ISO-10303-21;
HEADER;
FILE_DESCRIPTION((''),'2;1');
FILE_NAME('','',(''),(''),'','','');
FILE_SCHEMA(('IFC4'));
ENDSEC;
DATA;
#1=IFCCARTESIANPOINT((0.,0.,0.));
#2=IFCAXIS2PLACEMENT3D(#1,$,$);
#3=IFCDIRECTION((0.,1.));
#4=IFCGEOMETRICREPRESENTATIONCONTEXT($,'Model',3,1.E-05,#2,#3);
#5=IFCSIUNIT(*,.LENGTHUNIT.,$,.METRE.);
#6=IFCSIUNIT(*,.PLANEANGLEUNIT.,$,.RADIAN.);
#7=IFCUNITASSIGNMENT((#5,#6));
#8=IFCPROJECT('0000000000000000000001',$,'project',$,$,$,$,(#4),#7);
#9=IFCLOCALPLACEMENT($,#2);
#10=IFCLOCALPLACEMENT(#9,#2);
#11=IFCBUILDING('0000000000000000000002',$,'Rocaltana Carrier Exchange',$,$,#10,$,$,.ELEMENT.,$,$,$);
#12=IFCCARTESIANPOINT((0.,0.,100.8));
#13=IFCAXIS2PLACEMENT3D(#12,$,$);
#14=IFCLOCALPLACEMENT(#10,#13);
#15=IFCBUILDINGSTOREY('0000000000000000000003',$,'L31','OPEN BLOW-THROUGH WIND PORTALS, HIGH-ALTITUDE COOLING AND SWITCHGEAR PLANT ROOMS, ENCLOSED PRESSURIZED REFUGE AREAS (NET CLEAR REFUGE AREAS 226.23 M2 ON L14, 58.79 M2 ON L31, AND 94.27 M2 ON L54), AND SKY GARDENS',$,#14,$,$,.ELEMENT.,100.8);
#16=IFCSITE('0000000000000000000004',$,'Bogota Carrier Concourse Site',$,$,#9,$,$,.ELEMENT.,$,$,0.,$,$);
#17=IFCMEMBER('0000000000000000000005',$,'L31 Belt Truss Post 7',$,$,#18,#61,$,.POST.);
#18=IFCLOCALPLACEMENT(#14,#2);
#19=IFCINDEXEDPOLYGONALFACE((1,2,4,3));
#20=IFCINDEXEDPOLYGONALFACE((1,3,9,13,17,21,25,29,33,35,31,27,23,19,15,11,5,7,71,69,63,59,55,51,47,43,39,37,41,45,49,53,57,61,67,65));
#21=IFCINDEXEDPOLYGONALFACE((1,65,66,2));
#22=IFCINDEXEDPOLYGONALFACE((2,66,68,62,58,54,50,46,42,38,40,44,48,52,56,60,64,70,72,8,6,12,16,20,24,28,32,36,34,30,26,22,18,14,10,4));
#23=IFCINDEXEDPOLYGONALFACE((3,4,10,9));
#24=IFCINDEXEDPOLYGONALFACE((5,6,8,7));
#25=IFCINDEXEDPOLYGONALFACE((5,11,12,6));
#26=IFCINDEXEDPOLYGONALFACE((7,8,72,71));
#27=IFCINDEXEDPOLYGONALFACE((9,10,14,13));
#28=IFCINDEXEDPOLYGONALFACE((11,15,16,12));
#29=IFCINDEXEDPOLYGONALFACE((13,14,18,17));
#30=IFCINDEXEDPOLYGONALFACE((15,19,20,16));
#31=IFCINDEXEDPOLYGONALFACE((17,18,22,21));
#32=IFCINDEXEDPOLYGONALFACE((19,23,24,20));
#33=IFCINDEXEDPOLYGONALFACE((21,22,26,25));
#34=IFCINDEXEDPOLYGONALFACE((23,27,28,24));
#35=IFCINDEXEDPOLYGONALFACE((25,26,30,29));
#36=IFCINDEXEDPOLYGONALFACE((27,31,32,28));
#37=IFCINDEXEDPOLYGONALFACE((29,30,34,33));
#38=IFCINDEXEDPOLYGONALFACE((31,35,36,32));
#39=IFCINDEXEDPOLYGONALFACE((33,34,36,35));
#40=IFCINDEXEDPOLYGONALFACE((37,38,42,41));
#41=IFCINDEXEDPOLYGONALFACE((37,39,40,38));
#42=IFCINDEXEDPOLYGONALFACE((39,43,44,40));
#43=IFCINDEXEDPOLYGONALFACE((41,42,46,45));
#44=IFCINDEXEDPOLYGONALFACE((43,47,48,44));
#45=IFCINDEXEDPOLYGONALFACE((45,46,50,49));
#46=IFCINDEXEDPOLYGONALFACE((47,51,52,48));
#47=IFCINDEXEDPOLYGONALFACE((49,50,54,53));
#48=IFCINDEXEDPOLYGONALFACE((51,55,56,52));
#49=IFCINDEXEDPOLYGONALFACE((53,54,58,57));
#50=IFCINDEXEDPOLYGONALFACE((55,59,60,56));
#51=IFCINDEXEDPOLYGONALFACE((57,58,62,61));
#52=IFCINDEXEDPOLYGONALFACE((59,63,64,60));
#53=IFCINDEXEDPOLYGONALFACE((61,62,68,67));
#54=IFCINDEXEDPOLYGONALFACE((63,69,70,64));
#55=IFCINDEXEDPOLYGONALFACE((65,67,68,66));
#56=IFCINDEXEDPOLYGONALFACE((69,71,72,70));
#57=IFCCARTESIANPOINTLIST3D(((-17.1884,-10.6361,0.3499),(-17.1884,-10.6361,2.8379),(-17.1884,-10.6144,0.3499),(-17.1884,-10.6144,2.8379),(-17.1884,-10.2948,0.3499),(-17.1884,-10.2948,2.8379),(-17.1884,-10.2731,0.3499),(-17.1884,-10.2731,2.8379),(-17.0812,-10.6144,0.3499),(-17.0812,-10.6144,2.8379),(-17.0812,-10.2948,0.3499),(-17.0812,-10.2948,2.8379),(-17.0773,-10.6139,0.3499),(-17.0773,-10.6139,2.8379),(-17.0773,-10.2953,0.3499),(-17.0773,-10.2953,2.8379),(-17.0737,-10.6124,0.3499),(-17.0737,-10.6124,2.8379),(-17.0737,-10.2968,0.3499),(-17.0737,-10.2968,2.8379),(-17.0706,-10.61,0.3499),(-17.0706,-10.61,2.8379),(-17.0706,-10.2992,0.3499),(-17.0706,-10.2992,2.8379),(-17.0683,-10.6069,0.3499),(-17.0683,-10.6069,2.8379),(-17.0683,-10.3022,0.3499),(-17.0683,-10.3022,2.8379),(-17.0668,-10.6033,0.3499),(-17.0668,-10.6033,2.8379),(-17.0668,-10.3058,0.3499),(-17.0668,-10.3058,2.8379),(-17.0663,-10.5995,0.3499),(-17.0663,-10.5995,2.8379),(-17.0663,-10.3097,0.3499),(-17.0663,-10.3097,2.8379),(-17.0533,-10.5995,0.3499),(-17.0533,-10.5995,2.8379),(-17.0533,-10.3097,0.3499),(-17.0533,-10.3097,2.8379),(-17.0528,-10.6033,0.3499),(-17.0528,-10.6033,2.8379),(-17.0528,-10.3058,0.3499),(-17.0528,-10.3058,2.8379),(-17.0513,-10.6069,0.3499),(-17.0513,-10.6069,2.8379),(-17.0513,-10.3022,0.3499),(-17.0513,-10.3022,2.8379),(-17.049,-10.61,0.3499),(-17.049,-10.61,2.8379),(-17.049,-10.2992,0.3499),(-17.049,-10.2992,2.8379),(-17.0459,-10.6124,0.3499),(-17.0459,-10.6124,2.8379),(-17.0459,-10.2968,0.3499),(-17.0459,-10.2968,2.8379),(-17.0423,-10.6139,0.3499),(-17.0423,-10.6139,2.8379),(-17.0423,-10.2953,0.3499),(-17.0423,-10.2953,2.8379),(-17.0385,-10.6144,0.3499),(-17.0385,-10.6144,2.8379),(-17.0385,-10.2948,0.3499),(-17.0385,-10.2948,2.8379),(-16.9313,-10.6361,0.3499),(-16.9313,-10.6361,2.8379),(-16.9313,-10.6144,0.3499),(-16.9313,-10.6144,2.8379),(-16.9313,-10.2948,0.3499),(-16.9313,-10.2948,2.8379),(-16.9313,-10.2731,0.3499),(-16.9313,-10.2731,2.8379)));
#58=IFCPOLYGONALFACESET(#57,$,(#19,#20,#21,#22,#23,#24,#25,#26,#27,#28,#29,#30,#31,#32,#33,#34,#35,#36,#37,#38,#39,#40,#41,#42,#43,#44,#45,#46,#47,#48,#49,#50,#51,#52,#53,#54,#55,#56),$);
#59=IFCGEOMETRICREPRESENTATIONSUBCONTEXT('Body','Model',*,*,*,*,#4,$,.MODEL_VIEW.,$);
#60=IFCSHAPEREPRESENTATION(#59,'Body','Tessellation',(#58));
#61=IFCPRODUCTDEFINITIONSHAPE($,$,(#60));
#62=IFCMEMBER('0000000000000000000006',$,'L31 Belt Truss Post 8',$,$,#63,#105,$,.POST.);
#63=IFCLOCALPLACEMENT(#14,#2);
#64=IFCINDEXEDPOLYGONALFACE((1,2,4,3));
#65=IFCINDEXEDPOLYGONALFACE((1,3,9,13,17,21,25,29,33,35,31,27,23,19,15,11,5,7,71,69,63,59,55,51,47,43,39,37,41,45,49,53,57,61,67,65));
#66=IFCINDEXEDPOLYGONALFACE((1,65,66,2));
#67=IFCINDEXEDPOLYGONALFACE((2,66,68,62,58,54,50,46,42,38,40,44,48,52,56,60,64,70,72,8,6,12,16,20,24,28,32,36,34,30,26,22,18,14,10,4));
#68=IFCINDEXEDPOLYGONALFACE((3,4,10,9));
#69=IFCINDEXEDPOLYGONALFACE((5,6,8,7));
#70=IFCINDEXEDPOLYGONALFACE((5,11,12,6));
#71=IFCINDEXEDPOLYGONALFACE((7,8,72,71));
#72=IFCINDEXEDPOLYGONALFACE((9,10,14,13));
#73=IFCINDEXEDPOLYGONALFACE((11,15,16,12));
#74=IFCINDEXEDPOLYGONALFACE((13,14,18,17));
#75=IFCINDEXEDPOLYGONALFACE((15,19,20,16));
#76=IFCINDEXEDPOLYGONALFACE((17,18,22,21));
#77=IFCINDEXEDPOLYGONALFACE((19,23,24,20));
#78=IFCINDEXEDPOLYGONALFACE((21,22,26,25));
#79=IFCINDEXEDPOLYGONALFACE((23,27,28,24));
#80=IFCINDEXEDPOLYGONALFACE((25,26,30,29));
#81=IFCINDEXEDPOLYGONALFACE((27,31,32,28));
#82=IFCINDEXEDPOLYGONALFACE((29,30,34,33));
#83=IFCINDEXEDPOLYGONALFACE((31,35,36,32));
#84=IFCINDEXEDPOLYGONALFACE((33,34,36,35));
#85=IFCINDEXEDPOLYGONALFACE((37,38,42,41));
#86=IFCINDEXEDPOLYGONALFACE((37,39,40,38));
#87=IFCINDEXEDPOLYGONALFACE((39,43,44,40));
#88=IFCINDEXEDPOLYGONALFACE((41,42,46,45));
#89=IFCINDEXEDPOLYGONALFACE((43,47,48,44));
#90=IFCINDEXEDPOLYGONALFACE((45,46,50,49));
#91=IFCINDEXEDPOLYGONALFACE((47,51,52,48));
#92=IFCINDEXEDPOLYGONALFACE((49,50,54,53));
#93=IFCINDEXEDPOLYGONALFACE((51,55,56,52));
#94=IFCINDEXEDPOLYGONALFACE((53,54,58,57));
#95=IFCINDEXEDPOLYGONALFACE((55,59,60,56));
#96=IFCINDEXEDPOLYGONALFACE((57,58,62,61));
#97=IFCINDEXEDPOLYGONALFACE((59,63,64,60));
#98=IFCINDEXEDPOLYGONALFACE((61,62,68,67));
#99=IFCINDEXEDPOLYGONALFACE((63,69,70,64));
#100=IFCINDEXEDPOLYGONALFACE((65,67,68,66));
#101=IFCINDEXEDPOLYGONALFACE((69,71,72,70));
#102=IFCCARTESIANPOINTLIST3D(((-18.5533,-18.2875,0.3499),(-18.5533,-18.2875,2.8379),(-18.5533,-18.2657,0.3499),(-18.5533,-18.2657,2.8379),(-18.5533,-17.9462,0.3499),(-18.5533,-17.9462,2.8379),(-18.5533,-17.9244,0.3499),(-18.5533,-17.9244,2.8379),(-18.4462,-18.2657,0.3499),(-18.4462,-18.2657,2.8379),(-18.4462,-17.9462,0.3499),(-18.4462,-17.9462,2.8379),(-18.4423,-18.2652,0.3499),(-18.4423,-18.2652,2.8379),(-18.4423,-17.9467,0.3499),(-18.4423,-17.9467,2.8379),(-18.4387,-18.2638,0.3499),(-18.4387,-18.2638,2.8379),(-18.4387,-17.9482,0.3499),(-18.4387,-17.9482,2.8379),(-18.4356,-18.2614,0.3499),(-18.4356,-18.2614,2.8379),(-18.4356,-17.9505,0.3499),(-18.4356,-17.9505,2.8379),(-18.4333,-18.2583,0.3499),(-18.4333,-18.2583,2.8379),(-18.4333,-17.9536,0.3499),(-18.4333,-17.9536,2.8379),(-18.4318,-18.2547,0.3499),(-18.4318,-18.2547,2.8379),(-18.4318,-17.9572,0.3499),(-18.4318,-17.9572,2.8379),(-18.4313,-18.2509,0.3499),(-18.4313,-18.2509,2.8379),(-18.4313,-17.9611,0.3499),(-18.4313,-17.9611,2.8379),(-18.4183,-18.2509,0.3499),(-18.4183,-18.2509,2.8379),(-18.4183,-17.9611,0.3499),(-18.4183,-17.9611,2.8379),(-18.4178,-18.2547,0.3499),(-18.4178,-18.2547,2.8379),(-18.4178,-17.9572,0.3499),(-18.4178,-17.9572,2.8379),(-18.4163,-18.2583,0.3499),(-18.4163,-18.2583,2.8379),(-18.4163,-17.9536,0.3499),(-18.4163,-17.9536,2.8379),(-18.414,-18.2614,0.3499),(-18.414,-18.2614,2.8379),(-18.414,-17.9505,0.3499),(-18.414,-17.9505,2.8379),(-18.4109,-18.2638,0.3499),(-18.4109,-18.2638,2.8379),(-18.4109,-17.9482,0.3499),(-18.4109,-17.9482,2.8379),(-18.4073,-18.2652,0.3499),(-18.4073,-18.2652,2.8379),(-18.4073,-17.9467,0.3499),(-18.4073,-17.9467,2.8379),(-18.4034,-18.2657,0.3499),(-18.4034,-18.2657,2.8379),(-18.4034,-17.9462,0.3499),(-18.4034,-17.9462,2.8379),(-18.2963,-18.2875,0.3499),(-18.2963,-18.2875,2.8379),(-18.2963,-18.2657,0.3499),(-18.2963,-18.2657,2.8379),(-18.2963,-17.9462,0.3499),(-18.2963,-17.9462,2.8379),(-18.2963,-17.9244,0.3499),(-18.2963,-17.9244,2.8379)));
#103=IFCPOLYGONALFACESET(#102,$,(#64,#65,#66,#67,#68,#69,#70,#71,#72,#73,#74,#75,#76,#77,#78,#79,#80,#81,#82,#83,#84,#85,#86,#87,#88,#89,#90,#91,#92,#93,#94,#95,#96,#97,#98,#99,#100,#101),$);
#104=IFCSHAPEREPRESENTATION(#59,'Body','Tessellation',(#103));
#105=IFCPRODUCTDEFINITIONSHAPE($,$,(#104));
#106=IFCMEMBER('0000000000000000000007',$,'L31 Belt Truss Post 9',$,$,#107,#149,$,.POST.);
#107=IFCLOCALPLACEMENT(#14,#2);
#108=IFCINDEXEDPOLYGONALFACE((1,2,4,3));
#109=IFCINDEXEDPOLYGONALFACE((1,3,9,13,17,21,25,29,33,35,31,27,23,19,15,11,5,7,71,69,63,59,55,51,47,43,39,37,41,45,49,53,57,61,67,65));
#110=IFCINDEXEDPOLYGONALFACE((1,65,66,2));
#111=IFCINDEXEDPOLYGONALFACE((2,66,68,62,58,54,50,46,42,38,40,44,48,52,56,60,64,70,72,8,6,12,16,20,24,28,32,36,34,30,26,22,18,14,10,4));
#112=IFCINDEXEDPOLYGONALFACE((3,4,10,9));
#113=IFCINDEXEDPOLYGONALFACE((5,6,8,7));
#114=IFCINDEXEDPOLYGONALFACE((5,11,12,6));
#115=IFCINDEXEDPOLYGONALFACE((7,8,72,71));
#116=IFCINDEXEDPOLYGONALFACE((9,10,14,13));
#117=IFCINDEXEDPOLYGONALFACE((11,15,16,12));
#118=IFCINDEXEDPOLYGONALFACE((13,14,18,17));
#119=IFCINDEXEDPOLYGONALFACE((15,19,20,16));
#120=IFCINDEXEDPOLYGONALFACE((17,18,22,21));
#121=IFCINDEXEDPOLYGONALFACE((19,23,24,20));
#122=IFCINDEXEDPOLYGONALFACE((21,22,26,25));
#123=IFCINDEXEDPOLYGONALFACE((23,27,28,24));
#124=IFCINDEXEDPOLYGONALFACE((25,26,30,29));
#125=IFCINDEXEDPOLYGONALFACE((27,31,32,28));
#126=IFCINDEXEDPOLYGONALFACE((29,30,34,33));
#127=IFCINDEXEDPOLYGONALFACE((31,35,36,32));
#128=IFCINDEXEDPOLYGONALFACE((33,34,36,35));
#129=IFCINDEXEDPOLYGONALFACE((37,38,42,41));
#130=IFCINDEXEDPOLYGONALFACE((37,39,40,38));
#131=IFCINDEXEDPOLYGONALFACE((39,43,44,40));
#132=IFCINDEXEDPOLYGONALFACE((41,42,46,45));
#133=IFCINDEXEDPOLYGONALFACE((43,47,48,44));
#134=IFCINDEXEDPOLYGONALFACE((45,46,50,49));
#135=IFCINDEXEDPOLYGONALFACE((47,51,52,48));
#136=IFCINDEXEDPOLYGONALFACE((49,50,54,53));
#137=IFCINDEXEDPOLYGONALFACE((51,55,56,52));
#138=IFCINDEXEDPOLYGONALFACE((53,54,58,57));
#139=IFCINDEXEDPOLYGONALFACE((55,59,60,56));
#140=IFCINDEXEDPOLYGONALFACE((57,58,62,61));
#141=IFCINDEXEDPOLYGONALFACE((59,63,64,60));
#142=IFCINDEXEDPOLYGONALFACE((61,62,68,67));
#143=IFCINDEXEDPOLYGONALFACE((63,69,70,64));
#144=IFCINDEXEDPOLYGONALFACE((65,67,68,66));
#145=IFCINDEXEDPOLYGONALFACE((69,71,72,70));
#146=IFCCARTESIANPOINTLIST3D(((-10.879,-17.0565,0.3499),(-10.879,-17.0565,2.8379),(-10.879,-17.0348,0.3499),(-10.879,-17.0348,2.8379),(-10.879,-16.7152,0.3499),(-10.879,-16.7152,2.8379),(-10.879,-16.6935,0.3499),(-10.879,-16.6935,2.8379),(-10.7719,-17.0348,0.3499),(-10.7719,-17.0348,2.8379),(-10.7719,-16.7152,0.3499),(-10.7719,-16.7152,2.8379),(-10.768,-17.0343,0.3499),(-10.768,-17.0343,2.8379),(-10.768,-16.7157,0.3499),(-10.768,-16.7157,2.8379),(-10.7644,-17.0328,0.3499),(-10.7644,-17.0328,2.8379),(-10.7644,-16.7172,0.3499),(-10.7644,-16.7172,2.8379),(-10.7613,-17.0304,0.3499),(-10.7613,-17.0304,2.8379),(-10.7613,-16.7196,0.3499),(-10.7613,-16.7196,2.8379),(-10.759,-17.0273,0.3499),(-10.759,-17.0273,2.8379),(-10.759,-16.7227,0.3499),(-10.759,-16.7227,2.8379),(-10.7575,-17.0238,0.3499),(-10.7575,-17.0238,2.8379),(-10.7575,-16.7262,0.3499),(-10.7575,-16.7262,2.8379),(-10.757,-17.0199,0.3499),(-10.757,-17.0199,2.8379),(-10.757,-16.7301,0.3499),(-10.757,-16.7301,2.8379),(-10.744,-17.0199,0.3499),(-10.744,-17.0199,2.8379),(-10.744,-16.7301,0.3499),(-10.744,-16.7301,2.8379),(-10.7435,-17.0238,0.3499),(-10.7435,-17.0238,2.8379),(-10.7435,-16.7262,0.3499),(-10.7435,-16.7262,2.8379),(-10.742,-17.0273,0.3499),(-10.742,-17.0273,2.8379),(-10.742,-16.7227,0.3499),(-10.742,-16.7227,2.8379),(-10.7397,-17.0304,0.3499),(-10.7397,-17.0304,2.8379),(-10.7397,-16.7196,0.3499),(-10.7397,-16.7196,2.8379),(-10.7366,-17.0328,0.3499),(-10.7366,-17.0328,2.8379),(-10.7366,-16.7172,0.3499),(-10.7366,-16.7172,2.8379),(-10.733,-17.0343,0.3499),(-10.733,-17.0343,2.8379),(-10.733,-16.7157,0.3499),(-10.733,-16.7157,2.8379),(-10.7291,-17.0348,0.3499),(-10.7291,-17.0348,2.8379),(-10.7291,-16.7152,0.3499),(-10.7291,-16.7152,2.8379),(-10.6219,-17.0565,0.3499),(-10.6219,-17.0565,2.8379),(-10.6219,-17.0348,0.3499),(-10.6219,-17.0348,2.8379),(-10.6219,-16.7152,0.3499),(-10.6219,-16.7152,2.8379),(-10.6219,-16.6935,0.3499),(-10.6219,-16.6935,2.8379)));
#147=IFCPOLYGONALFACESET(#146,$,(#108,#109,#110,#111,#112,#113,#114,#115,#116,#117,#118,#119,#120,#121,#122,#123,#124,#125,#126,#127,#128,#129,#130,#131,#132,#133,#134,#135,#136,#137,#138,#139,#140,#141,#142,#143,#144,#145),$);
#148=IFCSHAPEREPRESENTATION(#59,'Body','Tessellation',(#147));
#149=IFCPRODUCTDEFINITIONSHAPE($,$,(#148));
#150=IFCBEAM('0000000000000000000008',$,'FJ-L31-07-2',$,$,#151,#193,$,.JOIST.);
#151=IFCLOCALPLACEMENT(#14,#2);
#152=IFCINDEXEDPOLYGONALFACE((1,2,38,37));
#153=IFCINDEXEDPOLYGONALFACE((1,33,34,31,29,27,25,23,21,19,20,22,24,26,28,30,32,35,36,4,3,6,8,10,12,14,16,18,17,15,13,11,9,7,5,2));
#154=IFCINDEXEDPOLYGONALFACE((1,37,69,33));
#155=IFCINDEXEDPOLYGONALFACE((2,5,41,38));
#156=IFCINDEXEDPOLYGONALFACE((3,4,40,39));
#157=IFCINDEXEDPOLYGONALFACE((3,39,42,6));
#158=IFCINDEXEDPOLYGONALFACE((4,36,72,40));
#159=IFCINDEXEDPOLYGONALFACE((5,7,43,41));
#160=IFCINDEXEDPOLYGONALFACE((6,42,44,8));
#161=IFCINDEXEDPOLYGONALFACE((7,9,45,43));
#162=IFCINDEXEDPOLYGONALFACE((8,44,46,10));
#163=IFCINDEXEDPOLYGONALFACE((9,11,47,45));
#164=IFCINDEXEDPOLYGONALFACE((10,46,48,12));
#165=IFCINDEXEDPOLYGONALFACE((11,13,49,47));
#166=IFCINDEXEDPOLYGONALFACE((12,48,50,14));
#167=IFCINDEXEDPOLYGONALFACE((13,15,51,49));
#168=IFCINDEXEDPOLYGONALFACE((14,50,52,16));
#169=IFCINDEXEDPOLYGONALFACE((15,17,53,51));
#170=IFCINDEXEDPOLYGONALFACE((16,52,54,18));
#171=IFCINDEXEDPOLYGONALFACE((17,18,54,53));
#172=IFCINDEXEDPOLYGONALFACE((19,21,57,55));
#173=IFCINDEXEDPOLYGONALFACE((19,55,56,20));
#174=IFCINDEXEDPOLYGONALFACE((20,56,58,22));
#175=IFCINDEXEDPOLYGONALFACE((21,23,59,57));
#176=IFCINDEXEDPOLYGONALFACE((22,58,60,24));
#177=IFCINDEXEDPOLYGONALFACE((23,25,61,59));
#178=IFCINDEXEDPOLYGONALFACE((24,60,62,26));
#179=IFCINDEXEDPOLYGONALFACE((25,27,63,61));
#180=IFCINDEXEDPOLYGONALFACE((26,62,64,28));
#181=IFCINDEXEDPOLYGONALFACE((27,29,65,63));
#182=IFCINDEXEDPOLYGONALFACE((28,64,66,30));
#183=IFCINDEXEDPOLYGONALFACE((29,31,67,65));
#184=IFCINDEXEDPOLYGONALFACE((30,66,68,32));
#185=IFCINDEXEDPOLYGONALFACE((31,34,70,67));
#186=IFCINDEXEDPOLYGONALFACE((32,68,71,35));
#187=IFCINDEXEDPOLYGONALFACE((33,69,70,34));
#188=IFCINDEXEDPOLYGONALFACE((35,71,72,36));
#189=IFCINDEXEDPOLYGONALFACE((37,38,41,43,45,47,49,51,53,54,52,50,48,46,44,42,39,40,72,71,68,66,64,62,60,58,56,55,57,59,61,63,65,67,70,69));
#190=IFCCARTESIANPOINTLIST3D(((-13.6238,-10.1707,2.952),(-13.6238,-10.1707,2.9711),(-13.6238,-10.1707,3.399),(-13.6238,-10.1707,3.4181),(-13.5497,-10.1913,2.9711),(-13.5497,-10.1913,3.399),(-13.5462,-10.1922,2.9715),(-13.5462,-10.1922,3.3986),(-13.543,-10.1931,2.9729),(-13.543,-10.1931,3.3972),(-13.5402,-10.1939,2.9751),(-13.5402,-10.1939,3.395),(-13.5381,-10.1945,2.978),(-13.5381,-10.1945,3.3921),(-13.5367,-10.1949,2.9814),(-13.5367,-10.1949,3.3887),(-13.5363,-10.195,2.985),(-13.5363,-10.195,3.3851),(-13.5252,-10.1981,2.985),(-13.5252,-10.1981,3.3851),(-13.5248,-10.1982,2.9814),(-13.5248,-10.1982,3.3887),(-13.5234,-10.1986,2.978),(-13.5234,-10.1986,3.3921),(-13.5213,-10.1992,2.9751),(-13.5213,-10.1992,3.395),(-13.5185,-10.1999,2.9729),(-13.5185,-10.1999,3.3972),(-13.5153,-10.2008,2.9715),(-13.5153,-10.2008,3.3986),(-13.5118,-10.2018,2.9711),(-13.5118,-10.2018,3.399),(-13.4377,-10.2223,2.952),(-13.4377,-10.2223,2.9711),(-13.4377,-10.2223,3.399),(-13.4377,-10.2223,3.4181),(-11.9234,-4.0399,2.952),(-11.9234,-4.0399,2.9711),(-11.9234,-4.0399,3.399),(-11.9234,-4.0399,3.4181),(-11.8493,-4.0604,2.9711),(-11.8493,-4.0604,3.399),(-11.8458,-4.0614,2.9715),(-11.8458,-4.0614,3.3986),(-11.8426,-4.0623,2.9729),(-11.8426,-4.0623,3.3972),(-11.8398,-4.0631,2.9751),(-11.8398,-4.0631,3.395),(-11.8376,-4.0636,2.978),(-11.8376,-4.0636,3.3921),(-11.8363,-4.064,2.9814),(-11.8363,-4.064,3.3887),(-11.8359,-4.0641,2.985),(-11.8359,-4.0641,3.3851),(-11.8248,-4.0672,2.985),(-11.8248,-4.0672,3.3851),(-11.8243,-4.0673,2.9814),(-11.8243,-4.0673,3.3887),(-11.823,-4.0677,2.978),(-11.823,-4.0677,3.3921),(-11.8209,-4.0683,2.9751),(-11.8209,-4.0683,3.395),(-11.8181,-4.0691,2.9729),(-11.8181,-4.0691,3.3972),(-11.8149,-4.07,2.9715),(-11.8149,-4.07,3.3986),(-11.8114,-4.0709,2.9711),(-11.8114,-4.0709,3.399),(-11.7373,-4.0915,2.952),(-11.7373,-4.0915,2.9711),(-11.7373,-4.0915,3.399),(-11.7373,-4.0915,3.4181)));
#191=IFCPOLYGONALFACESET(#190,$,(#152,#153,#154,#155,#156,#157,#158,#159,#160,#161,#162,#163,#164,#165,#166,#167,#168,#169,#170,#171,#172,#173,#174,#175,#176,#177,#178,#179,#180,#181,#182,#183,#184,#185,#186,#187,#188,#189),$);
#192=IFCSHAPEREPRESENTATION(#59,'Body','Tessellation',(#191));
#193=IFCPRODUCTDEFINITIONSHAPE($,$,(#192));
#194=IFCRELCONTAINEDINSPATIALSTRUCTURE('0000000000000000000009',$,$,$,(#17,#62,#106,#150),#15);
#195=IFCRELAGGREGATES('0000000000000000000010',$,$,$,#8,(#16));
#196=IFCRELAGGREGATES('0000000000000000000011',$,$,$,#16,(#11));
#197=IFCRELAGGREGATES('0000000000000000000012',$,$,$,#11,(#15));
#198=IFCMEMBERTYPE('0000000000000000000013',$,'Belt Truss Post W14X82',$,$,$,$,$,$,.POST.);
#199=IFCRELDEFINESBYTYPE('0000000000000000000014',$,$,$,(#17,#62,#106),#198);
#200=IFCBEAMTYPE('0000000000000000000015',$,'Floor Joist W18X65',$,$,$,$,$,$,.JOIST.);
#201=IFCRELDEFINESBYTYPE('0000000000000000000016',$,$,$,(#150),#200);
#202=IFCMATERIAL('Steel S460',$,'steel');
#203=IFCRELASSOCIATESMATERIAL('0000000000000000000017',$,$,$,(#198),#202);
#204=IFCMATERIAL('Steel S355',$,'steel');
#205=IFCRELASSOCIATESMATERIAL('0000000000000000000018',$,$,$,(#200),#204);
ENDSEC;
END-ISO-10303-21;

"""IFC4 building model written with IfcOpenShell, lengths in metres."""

from ifc_helpers import new_model, si_unit, direction, frame, origin, origin_2d, place, context, subcontext, project, spatial, i_section, extrude, material, material_profile, profile_set, type_object, element, save


model = new_model("IFC4")

# Units and contexts
model_context = context("Model", 3, precision=1e-05, world=origin(), true_north=direction((0.0, 1.0)))
body_context = subcontext(model_context, "Body", "Model", "MODEL_VIEW")
ifc_project = project(units=[si_unit("LENGTHUNIT", "METRE"), si_unit("PLANEANGLEUNIT", "RADIAN")], contexts=[model_context])

# Site, building, storey
site_placement = place(None, origin())
site = spatial("IfcSite", under=ifc_project, at=site_placement, Name="Bogota Carrier Concourse Site", CompositionType="ELEMENT", RefElevation=0.0)
building_placement = place(site_placement, origin())
building = spatial("IfcBuilding", under=site, at=building_placement, Name="Rocaltana Carrier Exchange", CompositionType="ELEMENT")
storey_placement = place(building_placement, frame((0.0, 0.0, 100.8)))
storey = spatial("IfcBuildingStorey", under=building, at=storey_placement, Name="L31", Description="OPEN BLOW-THROUGH WIND PORTALS, HIGH-ALTITUDE COOLING AND SWITCHGEAR PLANT ROOMS, ENCLOSED PRESSURIZED REFUGE AREAS (NET CLEAR REFUGE AREAS 226.23 M2 ON L14, 58.79 M2 ON L31, AND 94.27 M2 ON L54), AND SKY GARDENS", CompositionType="ELEMENT", Elevation=100.8)

# Members
ifc_material_1 = material(Name="Steel S460", Category="steel")
ifc_material_profile_1 = material_profile(ifc_material_1, i_section(OverallWidth=0.2571, OverallDepth=0.363, WebThickness=0.0129, FlangeThickness=0.0217, FilletRadius=0.0149, at=origin_2d()), Name="W14X82")
ifc_profile_set_1 = profile_set([ifc_material_profile_1], Name="Steel S460")
member_type_1 = type_object("IfcMemberType", Name="Belt Truss Post W14X82", PredefinedType="POST", material=ifc_profile_set_1)
for number, where, z_axis, x_axis, name in (
    (1, (-17.0598, -10.4546, 0.3499), (0.0, 0.0, 1.0), (1.0, 0.0, 0.0), "L31 Belt Truss Post 7"),
    (2, (-18.4248, -18.106, 0.3499), (0.0, 0.0, 1.0), (1.0, 0.0, 0.0), "L31 Belt Truss Post 8"),
    (3, (-10.7505, -16.875, 0.3499), (0.0, 0.0, 1.0), (1.0, 0.0, 0.0), "L31 Belt Truss Post 9"),
):
    element("IfcMember", number, at=place(storey_placement, frame(where, z_axis=z_axis, x_axis=x_axis)), inside=storey, type_object=member_type_1, Name=name, PredefinedType="POST", context=body_context, shape_type="SweptSolid", body=[
        extrude(i_section(OverallWidth=0.2571, OverallDepth=0.363, WebThickness=0.0129, FlangeThickness=0.0217, FilletRadius=0.0149, at=origin_2d()), origin(), (0.0, 0.0, 1.0), 2.488),
    ])

# Beam
ifc_material_2 = material(Name="Steel S355", Category="steel")
ifc_material_profile_2 = material_profile(ifc_material_2, i_section(OverallWidth=0.1931, OverallDepth=0.4661, WebThickness=0.0115, FlangeThickness=0.019, FilletRadius=0.0139, at=origin_2d()), Name="W18X65")
ifc_profile_set_2 = profile_set([ifc_material_profile_2], Name="Steel S355")
beam_type_1 = type_object("IfcBeamType", Name="Floor Joist W18X65", PredefinedType="JOIST", material=ifc_profile_set_2)
beam_1_placement = place(storey_placement, frame((-11.8303, -4.0657, 3.1851), z_axis=(-0.267268, -0.963622, 0.0), x_axis=(0.963622, -0.267268, 0.0)))
element("IfcBeam", 4, at=beam_1_placement, inside=storey, type_object=beam_type_1, Name="FJ-L31-07-2", PredefinedType="JOIST", context=body_context, shape_type="SweptSolid", body=[
    extrude(i_section(OverallWidth=0.1931, OverallDepth=0.4661, WebThickness=0.0115, FlangeThickness=0.019, FilletRadius=0.0139, at=origin_2d()), origin(), (0.0, 0.0, 1.0), 6.3623),
])

save(model, "model.ifc")
